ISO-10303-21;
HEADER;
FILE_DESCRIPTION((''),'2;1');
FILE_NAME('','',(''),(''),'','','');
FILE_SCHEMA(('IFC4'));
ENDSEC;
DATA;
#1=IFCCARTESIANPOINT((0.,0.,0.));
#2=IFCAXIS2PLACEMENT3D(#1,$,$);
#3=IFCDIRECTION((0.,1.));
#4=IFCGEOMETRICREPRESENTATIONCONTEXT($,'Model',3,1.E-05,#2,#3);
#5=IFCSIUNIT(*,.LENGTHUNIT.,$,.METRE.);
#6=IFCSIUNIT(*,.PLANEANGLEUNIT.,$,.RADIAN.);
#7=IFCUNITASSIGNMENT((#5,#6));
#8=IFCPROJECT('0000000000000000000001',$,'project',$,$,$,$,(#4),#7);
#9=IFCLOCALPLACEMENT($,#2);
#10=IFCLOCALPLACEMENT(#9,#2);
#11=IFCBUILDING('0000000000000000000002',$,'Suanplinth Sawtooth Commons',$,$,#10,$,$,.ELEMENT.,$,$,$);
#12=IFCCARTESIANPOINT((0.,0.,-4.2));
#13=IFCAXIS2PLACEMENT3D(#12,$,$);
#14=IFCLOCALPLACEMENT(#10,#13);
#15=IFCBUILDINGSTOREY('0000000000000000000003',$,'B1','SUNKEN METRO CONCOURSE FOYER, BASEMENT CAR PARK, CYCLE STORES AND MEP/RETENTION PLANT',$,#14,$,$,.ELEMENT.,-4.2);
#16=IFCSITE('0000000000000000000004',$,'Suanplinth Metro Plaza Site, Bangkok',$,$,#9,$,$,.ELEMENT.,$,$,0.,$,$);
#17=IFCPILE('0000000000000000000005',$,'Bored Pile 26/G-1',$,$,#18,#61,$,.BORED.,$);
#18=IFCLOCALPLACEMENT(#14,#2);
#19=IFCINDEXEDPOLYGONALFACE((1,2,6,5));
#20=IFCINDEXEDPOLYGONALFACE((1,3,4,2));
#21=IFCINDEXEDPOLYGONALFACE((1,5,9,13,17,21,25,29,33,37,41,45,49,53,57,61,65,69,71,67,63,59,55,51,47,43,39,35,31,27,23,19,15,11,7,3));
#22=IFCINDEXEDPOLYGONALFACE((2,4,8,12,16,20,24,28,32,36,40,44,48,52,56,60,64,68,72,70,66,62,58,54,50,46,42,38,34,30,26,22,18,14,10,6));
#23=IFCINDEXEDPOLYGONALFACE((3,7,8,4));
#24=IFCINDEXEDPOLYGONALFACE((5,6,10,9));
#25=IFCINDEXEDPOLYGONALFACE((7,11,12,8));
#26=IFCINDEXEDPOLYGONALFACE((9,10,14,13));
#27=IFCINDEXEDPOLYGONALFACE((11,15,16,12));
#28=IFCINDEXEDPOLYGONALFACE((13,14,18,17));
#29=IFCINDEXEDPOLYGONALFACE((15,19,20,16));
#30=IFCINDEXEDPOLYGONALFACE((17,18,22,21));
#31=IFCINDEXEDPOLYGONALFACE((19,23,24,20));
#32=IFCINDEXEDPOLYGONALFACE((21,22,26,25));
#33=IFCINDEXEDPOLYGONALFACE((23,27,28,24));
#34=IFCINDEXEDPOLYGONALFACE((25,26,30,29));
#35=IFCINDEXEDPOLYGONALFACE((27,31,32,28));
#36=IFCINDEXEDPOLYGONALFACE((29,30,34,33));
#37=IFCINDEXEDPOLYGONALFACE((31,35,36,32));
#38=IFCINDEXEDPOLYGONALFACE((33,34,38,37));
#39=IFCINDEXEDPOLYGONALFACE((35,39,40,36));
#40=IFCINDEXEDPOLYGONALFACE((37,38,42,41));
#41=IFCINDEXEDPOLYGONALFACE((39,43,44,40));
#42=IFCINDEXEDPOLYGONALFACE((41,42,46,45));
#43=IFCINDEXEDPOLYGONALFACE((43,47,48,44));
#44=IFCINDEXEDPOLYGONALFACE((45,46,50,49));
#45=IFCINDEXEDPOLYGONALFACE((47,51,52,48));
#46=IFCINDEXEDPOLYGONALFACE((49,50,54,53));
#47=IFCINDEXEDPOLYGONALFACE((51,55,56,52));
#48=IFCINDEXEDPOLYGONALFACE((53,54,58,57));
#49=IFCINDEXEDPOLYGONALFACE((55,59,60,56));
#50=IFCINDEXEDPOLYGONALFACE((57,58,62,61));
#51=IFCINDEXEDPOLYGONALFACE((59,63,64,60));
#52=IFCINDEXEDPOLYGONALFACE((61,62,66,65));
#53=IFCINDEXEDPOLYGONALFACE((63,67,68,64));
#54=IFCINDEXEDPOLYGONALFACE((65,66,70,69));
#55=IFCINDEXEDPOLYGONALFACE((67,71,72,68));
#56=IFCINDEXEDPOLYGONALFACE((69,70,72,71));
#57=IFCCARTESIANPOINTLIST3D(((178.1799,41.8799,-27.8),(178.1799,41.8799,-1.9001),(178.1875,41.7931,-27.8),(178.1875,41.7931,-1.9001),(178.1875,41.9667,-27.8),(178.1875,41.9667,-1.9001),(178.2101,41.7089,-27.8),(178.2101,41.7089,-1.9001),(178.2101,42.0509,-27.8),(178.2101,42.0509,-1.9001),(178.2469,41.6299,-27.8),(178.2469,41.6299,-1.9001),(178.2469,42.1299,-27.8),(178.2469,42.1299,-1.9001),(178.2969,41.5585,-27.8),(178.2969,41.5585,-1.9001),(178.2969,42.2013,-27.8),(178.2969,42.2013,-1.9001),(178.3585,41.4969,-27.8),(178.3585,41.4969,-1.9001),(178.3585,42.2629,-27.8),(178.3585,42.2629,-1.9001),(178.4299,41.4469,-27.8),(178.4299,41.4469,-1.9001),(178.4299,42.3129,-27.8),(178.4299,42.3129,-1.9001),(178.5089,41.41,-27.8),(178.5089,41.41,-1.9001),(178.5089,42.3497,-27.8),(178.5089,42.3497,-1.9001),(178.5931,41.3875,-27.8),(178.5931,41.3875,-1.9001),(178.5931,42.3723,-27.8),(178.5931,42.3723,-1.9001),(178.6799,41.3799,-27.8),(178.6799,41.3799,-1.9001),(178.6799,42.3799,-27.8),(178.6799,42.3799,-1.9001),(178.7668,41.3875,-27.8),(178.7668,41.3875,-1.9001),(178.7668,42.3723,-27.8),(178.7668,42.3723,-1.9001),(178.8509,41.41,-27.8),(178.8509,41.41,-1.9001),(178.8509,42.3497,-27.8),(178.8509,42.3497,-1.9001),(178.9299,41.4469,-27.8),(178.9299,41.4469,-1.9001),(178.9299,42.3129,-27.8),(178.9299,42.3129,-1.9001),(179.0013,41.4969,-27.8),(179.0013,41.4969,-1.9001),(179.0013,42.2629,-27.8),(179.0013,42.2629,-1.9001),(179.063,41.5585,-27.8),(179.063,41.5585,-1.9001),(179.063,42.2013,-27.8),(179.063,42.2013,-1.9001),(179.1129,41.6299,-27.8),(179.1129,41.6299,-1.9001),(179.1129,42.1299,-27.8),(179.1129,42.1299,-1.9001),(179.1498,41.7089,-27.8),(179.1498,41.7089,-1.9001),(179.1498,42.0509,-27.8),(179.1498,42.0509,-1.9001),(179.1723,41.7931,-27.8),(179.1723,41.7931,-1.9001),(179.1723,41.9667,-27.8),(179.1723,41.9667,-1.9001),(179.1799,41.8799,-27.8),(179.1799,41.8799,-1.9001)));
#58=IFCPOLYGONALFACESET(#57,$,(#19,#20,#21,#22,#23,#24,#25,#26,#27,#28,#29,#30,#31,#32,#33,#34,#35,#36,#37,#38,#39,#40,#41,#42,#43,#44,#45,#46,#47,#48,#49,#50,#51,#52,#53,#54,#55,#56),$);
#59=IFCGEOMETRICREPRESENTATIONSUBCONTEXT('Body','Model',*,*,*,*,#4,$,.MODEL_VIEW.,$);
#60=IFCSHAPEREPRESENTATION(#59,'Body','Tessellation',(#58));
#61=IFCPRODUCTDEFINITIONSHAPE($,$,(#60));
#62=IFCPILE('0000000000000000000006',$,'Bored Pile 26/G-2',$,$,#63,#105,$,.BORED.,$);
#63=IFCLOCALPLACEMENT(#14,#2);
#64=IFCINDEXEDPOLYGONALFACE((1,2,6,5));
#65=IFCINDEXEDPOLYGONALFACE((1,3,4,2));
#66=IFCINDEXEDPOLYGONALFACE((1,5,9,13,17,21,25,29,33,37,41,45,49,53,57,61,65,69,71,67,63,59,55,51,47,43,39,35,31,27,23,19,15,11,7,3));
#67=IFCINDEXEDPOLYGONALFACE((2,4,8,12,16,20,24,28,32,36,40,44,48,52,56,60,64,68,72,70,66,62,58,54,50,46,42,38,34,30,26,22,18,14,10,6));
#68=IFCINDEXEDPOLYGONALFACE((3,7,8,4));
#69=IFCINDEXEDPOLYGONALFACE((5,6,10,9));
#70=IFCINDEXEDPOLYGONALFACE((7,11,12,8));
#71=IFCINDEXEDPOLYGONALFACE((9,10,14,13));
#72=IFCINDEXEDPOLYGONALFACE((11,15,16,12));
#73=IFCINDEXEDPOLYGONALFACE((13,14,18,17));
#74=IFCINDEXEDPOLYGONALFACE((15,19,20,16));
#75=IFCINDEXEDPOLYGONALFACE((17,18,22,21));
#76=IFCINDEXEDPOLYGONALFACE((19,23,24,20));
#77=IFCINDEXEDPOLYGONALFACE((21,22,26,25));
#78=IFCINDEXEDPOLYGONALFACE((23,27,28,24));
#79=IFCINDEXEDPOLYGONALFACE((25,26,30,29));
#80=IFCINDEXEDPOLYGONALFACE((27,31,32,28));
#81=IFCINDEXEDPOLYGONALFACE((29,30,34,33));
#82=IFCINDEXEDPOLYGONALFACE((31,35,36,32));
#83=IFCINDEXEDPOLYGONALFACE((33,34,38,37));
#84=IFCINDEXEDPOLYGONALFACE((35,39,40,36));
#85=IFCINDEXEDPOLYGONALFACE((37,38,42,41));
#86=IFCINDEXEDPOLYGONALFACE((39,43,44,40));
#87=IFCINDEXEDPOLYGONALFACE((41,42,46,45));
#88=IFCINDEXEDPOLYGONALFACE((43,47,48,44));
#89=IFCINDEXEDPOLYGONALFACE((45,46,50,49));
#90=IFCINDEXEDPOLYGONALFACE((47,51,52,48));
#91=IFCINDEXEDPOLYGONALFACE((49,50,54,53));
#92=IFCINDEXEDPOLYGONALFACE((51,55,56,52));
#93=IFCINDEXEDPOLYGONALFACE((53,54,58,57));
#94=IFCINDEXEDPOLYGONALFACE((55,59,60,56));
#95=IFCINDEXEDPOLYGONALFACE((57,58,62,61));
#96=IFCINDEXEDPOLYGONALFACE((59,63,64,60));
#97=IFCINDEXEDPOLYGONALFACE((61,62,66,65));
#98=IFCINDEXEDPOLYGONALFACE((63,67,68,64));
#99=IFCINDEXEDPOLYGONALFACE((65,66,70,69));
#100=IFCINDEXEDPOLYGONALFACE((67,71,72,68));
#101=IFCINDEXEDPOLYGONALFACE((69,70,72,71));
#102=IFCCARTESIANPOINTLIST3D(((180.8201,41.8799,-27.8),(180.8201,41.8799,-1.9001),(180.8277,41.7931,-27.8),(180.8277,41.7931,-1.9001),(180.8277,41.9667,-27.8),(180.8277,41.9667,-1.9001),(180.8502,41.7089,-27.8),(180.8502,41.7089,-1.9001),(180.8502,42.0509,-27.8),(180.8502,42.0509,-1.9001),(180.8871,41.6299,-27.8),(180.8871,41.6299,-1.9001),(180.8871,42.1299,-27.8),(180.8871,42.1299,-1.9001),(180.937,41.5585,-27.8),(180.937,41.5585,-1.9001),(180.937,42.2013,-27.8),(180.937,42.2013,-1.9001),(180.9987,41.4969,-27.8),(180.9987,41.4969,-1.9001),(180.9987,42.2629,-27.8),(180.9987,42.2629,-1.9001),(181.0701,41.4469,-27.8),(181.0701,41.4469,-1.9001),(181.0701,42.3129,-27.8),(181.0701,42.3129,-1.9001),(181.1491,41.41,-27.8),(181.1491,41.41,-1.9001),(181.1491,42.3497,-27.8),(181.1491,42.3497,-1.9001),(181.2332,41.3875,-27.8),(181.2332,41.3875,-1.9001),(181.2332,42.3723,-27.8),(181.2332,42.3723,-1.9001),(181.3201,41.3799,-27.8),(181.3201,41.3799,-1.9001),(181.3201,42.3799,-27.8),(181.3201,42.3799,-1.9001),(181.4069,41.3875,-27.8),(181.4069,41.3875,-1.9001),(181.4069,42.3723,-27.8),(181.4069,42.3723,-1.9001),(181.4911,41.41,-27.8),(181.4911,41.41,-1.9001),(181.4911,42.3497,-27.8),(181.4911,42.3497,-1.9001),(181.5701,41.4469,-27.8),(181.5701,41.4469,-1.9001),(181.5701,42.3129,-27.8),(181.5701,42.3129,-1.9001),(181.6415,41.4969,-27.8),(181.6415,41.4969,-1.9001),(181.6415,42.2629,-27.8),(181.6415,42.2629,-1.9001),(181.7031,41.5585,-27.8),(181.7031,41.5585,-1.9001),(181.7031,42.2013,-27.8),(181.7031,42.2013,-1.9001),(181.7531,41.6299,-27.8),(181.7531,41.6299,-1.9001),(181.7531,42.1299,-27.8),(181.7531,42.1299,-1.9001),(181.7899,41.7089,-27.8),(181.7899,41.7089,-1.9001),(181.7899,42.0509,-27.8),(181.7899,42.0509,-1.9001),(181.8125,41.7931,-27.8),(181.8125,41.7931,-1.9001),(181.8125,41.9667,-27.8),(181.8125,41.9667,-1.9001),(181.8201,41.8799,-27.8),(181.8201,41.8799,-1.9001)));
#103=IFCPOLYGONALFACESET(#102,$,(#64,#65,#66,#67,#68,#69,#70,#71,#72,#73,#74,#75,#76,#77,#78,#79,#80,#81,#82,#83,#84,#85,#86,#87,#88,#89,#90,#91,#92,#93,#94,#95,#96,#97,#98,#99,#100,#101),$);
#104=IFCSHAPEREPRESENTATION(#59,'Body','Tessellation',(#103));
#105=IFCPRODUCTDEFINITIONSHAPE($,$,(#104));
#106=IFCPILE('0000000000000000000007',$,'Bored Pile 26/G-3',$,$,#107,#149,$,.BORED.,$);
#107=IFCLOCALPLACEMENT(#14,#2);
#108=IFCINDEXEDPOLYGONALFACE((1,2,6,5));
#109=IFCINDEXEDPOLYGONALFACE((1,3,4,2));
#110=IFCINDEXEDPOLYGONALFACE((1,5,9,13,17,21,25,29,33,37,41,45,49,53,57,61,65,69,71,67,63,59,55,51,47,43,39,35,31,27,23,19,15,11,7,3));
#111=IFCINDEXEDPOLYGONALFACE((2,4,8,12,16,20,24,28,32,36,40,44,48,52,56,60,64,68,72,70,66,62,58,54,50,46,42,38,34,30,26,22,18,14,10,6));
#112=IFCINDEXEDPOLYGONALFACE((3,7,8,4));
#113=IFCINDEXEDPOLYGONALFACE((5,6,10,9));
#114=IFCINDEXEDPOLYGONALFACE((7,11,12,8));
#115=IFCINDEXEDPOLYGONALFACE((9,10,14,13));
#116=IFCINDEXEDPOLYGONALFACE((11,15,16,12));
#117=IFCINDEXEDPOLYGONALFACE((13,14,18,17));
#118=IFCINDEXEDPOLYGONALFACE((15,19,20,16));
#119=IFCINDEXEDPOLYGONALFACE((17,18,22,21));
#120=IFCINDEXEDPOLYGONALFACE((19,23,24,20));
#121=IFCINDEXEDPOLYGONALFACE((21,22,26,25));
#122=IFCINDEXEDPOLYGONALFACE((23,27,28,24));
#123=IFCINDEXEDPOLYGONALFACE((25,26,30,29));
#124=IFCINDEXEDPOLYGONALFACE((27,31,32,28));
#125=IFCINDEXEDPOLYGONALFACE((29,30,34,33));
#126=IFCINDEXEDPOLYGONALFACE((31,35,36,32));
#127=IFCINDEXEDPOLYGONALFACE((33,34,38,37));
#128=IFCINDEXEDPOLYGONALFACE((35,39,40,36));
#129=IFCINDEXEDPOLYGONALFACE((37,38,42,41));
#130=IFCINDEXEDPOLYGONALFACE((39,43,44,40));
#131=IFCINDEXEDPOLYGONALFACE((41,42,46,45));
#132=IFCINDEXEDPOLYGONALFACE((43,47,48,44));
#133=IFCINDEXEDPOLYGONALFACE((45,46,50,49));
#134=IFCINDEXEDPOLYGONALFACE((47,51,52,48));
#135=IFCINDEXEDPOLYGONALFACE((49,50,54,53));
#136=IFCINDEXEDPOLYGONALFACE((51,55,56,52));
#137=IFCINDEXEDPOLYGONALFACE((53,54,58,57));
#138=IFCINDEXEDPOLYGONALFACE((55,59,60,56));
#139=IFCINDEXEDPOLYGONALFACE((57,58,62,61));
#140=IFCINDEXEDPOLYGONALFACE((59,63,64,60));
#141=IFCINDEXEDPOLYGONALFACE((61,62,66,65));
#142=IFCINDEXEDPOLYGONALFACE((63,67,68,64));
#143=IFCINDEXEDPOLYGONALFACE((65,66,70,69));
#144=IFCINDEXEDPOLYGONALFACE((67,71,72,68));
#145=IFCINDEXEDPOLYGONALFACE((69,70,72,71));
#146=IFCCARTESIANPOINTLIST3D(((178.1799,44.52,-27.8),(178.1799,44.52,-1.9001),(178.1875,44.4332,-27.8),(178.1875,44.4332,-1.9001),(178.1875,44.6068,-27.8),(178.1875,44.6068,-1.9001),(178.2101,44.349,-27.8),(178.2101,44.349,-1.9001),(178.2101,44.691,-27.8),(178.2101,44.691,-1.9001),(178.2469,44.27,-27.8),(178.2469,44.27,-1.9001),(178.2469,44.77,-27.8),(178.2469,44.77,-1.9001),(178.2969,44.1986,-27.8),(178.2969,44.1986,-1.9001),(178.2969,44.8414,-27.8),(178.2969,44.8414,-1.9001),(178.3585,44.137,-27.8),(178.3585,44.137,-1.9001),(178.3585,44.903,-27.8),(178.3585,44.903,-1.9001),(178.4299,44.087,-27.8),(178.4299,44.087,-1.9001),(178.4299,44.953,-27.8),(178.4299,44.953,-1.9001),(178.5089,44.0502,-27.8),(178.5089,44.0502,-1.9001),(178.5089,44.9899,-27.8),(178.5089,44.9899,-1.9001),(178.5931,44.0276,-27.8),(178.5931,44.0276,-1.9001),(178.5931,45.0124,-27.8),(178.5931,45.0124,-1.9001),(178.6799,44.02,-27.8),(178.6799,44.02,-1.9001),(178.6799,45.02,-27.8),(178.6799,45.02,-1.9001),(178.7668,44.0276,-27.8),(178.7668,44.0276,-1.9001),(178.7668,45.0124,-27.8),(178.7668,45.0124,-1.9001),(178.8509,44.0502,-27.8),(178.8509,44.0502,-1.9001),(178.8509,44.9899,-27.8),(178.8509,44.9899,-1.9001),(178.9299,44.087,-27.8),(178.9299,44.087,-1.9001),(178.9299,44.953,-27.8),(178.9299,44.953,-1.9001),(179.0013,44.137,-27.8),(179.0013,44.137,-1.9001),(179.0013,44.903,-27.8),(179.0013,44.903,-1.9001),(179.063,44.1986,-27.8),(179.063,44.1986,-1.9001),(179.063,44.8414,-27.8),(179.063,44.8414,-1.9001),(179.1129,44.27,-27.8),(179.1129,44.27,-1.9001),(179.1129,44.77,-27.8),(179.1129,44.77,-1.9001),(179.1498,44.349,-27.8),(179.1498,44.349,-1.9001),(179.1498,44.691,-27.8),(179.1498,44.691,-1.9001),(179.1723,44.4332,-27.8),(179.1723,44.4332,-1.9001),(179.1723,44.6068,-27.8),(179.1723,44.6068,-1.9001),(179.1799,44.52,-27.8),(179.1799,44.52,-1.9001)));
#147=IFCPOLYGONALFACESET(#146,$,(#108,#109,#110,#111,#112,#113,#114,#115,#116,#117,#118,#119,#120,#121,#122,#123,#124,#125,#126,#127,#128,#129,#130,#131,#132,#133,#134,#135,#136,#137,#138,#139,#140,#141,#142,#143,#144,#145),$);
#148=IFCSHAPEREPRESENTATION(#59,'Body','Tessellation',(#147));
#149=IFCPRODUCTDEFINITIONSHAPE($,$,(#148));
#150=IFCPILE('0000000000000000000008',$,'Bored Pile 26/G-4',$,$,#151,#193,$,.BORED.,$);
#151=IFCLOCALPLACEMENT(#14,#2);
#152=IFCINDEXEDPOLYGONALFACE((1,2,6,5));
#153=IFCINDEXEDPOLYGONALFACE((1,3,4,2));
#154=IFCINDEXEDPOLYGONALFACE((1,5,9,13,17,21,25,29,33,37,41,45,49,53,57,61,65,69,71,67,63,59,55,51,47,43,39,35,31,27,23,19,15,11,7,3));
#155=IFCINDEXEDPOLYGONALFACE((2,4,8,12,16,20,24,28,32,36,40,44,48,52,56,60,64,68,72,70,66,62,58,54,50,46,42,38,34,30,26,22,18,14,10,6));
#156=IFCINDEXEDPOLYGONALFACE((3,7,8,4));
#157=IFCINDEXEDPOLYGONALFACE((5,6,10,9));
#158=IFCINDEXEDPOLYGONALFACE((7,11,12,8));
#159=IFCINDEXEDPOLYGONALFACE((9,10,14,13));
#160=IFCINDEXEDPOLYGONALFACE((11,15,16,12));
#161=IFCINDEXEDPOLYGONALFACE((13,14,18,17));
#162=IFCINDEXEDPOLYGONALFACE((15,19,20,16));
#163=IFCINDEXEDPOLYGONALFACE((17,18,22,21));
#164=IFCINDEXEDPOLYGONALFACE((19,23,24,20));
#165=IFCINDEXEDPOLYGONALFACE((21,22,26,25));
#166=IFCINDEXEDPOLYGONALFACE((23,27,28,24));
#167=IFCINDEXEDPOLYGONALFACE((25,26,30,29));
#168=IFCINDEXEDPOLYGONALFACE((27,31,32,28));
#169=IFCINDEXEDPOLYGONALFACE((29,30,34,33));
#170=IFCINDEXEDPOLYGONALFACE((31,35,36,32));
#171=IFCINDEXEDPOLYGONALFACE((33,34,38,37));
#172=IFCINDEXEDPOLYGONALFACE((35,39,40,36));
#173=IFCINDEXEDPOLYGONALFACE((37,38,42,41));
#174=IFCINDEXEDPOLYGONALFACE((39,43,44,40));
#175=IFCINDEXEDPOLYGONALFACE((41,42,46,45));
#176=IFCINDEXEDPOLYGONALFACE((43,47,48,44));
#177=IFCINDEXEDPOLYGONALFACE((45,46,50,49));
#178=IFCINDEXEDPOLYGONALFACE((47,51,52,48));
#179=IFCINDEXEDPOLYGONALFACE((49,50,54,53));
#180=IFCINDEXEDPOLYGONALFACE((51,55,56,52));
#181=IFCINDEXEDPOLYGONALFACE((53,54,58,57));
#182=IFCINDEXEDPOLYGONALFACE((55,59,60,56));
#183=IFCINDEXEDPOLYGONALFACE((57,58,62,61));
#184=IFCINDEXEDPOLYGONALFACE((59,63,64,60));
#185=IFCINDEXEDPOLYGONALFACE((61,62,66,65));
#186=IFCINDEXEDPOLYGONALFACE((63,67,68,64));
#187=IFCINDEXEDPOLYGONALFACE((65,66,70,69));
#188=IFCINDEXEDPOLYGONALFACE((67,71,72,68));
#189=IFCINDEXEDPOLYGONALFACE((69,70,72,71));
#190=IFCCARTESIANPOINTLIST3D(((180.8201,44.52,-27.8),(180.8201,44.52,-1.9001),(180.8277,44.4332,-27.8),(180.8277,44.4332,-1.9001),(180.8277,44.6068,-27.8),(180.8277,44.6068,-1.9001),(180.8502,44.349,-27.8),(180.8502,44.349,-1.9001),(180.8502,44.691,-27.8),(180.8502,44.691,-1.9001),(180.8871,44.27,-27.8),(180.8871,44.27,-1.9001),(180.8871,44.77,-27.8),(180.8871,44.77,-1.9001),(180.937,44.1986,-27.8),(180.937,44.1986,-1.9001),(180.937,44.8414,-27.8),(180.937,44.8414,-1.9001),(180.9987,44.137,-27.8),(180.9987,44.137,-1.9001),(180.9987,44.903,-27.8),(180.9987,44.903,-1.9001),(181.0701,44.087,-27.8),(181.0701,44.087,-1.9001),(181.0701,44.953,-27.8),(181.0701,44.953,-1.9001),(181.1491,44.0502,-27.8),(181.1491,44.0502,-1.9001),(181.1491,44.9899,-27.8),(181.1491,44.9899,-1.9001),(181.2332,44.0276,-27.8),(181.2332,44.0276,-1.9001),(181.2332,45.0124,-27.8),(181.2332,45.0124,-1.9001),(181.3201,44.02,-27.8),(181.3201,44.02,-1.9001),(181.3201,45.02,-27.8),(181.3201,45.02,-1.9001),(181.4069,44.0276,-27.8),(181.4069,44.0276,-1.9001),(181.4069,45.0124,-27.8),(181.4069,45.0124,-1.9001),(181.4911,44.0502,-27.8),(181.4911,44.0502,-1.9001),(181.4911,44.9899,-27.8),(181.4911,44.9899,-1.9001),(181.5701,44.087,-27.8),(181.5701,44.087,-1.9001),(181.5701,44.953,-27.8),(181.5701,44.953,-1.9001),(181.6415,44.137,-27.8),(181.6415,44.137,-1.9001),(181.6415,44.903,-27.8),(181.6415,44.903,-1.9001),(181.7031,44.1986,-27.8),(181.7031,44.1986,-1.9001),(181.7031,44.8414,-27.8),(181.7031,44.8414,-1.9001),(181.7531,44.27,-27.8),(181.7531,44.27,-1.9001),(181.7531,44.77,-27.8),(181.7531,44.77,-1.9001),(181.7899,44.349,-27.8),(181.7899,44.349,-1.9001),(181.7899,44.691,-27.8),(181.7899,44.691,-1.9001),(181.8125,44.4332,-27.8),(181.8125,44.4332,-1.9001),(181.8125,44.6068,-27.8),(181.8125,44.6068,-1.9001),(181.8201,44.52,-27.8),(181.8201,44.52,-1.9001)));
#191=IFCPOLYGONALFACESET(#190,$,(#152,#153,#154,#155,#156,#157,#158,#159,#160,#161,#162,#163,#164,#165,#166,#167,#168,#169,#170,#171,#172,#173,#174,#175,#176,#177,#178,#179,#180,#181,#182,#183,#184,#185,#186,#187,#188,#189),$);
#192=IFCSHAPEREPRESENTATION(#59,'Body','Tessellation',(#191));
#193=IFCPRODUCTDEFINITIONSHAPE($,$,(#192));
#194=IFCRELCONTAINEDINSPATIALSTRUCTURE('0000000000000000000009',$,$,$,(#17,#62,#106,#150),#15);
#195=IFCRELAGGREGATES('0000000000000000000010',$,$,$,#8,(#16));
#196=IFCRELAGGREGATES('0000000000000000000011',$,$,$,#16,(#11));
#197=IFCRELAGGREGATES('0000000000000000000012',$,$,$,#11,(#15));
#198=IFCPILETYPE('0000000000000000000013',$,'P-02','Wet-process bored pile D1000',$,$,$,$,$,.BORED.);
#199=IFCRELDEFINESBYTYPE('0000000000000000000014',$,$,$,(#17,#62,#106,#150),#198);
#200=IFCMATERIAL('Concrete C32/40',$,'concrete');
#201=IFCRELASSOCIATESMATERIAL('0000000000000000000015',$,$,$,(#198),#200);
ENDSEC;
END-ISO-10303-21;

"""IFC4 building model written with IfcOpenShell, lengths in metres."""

from ifc_helpers import new_model, si_unit, direction, frame, origin, origin_2d, place, context, subcontext, project, spatial, circle, extrude, material, material_profile, profile_set, type_object, element, save


model = new_model("IFC4")

# Units and contexts
model_context = context("Model", 3, precision=1e-05, world=origin(), true_north=direction((0.0, 1.0)))
body_context = subcontext(model_context, "Body", "Model", "MODEL_VIEW")
ifc_project = project(units=[si_unit("LENGTHUNIT", "METRE"), si_unit("PLANEANGLEUNIT", "RADIAN")], contexts=[model_context])

# Site, building, storey
site_placement = place(None, origin())
site = spatial("IfcSite", under=ifc_project, at=site_placement, Name="Suanplinth Metro Plaza Site, Bangkok", CompositionType="ELEMENT", RefElevation=0.0)
building_placement = place(site_placement, origin())
building = spatial("IfcBuilding", under=site, at=building_placement, Name="Suanplinth Sawtooth Commons", CompositionType="ELEMENT")
storey_placement = place(building_placement, frame((0.0, 0.0, -4.2)))
storey = spatial("IfcBuildingStorey", under=building, at=storey_placement, Name="B1", Description="SUNKEN METRO CONCOURSE FOYER, BASEMENT CAR PARK, CYCLE STORES AND MEP/RETENTION PLANT", CompositionType="ELEMENT", Elevation=-4.2)

# Piles
ifc_material_1 = material(Name="Concrete C32/40", Category="concrete")
ifc_material_profile_1 = material_profile(ifc_material_1, circle(Radius=0.5, at=origin_2d()), Name="PILE D1000")
ifc_profile_set_1 = profile_set([ifc_material_profile_1], Name="Concrete C32/40")
pile_type = type_object("IfcPileType", Name="P-02", Description="Wet-process bored pile D1000", PredefinedType="BORED", material=ifc_profile_set_1)
for number, where, z_axis, x_axis, name in (
    (1, (178.6799, 41.8799, -1.9001), (0.0, 0.0, -1.0), (1.0, 0.0, 0.0), "Bored Pile 26/G-1"),
    (2, (181.3201, 41.8799, -1.9001), (0.0, 0.0, -1.0), (1.0, 0.0, 0.0), "Bored Pile 26/G-2"),
    (3, (178.6799, 44.52, -1.9001), (0.0, 0.0, -1.0), (1.0, 0.0, 0.0), "Bored Pile 26/G-3"),
    (4, (181.3201, 44.52, -1.9001), (0.0, 0.0, -1.0), (1.0, 0.0, 0.0), "Bored Pile 26/G-4"),
):
    element("IfcPile", number, at=place(storey_placement, frame(where, z_axis=z_axis, x_axis=x_axis)), inside=storey, type_object=pile_type, Name=name, PredefinedType="BORED", context=body_context, shape_type="SweptSolid", body=[
        extrude(circle(Radius=0.5, at=origin_2d()), origin(), (0.0, 0.0, 1.0), 25.8999),
    ])

save(model, "model.ifc")
